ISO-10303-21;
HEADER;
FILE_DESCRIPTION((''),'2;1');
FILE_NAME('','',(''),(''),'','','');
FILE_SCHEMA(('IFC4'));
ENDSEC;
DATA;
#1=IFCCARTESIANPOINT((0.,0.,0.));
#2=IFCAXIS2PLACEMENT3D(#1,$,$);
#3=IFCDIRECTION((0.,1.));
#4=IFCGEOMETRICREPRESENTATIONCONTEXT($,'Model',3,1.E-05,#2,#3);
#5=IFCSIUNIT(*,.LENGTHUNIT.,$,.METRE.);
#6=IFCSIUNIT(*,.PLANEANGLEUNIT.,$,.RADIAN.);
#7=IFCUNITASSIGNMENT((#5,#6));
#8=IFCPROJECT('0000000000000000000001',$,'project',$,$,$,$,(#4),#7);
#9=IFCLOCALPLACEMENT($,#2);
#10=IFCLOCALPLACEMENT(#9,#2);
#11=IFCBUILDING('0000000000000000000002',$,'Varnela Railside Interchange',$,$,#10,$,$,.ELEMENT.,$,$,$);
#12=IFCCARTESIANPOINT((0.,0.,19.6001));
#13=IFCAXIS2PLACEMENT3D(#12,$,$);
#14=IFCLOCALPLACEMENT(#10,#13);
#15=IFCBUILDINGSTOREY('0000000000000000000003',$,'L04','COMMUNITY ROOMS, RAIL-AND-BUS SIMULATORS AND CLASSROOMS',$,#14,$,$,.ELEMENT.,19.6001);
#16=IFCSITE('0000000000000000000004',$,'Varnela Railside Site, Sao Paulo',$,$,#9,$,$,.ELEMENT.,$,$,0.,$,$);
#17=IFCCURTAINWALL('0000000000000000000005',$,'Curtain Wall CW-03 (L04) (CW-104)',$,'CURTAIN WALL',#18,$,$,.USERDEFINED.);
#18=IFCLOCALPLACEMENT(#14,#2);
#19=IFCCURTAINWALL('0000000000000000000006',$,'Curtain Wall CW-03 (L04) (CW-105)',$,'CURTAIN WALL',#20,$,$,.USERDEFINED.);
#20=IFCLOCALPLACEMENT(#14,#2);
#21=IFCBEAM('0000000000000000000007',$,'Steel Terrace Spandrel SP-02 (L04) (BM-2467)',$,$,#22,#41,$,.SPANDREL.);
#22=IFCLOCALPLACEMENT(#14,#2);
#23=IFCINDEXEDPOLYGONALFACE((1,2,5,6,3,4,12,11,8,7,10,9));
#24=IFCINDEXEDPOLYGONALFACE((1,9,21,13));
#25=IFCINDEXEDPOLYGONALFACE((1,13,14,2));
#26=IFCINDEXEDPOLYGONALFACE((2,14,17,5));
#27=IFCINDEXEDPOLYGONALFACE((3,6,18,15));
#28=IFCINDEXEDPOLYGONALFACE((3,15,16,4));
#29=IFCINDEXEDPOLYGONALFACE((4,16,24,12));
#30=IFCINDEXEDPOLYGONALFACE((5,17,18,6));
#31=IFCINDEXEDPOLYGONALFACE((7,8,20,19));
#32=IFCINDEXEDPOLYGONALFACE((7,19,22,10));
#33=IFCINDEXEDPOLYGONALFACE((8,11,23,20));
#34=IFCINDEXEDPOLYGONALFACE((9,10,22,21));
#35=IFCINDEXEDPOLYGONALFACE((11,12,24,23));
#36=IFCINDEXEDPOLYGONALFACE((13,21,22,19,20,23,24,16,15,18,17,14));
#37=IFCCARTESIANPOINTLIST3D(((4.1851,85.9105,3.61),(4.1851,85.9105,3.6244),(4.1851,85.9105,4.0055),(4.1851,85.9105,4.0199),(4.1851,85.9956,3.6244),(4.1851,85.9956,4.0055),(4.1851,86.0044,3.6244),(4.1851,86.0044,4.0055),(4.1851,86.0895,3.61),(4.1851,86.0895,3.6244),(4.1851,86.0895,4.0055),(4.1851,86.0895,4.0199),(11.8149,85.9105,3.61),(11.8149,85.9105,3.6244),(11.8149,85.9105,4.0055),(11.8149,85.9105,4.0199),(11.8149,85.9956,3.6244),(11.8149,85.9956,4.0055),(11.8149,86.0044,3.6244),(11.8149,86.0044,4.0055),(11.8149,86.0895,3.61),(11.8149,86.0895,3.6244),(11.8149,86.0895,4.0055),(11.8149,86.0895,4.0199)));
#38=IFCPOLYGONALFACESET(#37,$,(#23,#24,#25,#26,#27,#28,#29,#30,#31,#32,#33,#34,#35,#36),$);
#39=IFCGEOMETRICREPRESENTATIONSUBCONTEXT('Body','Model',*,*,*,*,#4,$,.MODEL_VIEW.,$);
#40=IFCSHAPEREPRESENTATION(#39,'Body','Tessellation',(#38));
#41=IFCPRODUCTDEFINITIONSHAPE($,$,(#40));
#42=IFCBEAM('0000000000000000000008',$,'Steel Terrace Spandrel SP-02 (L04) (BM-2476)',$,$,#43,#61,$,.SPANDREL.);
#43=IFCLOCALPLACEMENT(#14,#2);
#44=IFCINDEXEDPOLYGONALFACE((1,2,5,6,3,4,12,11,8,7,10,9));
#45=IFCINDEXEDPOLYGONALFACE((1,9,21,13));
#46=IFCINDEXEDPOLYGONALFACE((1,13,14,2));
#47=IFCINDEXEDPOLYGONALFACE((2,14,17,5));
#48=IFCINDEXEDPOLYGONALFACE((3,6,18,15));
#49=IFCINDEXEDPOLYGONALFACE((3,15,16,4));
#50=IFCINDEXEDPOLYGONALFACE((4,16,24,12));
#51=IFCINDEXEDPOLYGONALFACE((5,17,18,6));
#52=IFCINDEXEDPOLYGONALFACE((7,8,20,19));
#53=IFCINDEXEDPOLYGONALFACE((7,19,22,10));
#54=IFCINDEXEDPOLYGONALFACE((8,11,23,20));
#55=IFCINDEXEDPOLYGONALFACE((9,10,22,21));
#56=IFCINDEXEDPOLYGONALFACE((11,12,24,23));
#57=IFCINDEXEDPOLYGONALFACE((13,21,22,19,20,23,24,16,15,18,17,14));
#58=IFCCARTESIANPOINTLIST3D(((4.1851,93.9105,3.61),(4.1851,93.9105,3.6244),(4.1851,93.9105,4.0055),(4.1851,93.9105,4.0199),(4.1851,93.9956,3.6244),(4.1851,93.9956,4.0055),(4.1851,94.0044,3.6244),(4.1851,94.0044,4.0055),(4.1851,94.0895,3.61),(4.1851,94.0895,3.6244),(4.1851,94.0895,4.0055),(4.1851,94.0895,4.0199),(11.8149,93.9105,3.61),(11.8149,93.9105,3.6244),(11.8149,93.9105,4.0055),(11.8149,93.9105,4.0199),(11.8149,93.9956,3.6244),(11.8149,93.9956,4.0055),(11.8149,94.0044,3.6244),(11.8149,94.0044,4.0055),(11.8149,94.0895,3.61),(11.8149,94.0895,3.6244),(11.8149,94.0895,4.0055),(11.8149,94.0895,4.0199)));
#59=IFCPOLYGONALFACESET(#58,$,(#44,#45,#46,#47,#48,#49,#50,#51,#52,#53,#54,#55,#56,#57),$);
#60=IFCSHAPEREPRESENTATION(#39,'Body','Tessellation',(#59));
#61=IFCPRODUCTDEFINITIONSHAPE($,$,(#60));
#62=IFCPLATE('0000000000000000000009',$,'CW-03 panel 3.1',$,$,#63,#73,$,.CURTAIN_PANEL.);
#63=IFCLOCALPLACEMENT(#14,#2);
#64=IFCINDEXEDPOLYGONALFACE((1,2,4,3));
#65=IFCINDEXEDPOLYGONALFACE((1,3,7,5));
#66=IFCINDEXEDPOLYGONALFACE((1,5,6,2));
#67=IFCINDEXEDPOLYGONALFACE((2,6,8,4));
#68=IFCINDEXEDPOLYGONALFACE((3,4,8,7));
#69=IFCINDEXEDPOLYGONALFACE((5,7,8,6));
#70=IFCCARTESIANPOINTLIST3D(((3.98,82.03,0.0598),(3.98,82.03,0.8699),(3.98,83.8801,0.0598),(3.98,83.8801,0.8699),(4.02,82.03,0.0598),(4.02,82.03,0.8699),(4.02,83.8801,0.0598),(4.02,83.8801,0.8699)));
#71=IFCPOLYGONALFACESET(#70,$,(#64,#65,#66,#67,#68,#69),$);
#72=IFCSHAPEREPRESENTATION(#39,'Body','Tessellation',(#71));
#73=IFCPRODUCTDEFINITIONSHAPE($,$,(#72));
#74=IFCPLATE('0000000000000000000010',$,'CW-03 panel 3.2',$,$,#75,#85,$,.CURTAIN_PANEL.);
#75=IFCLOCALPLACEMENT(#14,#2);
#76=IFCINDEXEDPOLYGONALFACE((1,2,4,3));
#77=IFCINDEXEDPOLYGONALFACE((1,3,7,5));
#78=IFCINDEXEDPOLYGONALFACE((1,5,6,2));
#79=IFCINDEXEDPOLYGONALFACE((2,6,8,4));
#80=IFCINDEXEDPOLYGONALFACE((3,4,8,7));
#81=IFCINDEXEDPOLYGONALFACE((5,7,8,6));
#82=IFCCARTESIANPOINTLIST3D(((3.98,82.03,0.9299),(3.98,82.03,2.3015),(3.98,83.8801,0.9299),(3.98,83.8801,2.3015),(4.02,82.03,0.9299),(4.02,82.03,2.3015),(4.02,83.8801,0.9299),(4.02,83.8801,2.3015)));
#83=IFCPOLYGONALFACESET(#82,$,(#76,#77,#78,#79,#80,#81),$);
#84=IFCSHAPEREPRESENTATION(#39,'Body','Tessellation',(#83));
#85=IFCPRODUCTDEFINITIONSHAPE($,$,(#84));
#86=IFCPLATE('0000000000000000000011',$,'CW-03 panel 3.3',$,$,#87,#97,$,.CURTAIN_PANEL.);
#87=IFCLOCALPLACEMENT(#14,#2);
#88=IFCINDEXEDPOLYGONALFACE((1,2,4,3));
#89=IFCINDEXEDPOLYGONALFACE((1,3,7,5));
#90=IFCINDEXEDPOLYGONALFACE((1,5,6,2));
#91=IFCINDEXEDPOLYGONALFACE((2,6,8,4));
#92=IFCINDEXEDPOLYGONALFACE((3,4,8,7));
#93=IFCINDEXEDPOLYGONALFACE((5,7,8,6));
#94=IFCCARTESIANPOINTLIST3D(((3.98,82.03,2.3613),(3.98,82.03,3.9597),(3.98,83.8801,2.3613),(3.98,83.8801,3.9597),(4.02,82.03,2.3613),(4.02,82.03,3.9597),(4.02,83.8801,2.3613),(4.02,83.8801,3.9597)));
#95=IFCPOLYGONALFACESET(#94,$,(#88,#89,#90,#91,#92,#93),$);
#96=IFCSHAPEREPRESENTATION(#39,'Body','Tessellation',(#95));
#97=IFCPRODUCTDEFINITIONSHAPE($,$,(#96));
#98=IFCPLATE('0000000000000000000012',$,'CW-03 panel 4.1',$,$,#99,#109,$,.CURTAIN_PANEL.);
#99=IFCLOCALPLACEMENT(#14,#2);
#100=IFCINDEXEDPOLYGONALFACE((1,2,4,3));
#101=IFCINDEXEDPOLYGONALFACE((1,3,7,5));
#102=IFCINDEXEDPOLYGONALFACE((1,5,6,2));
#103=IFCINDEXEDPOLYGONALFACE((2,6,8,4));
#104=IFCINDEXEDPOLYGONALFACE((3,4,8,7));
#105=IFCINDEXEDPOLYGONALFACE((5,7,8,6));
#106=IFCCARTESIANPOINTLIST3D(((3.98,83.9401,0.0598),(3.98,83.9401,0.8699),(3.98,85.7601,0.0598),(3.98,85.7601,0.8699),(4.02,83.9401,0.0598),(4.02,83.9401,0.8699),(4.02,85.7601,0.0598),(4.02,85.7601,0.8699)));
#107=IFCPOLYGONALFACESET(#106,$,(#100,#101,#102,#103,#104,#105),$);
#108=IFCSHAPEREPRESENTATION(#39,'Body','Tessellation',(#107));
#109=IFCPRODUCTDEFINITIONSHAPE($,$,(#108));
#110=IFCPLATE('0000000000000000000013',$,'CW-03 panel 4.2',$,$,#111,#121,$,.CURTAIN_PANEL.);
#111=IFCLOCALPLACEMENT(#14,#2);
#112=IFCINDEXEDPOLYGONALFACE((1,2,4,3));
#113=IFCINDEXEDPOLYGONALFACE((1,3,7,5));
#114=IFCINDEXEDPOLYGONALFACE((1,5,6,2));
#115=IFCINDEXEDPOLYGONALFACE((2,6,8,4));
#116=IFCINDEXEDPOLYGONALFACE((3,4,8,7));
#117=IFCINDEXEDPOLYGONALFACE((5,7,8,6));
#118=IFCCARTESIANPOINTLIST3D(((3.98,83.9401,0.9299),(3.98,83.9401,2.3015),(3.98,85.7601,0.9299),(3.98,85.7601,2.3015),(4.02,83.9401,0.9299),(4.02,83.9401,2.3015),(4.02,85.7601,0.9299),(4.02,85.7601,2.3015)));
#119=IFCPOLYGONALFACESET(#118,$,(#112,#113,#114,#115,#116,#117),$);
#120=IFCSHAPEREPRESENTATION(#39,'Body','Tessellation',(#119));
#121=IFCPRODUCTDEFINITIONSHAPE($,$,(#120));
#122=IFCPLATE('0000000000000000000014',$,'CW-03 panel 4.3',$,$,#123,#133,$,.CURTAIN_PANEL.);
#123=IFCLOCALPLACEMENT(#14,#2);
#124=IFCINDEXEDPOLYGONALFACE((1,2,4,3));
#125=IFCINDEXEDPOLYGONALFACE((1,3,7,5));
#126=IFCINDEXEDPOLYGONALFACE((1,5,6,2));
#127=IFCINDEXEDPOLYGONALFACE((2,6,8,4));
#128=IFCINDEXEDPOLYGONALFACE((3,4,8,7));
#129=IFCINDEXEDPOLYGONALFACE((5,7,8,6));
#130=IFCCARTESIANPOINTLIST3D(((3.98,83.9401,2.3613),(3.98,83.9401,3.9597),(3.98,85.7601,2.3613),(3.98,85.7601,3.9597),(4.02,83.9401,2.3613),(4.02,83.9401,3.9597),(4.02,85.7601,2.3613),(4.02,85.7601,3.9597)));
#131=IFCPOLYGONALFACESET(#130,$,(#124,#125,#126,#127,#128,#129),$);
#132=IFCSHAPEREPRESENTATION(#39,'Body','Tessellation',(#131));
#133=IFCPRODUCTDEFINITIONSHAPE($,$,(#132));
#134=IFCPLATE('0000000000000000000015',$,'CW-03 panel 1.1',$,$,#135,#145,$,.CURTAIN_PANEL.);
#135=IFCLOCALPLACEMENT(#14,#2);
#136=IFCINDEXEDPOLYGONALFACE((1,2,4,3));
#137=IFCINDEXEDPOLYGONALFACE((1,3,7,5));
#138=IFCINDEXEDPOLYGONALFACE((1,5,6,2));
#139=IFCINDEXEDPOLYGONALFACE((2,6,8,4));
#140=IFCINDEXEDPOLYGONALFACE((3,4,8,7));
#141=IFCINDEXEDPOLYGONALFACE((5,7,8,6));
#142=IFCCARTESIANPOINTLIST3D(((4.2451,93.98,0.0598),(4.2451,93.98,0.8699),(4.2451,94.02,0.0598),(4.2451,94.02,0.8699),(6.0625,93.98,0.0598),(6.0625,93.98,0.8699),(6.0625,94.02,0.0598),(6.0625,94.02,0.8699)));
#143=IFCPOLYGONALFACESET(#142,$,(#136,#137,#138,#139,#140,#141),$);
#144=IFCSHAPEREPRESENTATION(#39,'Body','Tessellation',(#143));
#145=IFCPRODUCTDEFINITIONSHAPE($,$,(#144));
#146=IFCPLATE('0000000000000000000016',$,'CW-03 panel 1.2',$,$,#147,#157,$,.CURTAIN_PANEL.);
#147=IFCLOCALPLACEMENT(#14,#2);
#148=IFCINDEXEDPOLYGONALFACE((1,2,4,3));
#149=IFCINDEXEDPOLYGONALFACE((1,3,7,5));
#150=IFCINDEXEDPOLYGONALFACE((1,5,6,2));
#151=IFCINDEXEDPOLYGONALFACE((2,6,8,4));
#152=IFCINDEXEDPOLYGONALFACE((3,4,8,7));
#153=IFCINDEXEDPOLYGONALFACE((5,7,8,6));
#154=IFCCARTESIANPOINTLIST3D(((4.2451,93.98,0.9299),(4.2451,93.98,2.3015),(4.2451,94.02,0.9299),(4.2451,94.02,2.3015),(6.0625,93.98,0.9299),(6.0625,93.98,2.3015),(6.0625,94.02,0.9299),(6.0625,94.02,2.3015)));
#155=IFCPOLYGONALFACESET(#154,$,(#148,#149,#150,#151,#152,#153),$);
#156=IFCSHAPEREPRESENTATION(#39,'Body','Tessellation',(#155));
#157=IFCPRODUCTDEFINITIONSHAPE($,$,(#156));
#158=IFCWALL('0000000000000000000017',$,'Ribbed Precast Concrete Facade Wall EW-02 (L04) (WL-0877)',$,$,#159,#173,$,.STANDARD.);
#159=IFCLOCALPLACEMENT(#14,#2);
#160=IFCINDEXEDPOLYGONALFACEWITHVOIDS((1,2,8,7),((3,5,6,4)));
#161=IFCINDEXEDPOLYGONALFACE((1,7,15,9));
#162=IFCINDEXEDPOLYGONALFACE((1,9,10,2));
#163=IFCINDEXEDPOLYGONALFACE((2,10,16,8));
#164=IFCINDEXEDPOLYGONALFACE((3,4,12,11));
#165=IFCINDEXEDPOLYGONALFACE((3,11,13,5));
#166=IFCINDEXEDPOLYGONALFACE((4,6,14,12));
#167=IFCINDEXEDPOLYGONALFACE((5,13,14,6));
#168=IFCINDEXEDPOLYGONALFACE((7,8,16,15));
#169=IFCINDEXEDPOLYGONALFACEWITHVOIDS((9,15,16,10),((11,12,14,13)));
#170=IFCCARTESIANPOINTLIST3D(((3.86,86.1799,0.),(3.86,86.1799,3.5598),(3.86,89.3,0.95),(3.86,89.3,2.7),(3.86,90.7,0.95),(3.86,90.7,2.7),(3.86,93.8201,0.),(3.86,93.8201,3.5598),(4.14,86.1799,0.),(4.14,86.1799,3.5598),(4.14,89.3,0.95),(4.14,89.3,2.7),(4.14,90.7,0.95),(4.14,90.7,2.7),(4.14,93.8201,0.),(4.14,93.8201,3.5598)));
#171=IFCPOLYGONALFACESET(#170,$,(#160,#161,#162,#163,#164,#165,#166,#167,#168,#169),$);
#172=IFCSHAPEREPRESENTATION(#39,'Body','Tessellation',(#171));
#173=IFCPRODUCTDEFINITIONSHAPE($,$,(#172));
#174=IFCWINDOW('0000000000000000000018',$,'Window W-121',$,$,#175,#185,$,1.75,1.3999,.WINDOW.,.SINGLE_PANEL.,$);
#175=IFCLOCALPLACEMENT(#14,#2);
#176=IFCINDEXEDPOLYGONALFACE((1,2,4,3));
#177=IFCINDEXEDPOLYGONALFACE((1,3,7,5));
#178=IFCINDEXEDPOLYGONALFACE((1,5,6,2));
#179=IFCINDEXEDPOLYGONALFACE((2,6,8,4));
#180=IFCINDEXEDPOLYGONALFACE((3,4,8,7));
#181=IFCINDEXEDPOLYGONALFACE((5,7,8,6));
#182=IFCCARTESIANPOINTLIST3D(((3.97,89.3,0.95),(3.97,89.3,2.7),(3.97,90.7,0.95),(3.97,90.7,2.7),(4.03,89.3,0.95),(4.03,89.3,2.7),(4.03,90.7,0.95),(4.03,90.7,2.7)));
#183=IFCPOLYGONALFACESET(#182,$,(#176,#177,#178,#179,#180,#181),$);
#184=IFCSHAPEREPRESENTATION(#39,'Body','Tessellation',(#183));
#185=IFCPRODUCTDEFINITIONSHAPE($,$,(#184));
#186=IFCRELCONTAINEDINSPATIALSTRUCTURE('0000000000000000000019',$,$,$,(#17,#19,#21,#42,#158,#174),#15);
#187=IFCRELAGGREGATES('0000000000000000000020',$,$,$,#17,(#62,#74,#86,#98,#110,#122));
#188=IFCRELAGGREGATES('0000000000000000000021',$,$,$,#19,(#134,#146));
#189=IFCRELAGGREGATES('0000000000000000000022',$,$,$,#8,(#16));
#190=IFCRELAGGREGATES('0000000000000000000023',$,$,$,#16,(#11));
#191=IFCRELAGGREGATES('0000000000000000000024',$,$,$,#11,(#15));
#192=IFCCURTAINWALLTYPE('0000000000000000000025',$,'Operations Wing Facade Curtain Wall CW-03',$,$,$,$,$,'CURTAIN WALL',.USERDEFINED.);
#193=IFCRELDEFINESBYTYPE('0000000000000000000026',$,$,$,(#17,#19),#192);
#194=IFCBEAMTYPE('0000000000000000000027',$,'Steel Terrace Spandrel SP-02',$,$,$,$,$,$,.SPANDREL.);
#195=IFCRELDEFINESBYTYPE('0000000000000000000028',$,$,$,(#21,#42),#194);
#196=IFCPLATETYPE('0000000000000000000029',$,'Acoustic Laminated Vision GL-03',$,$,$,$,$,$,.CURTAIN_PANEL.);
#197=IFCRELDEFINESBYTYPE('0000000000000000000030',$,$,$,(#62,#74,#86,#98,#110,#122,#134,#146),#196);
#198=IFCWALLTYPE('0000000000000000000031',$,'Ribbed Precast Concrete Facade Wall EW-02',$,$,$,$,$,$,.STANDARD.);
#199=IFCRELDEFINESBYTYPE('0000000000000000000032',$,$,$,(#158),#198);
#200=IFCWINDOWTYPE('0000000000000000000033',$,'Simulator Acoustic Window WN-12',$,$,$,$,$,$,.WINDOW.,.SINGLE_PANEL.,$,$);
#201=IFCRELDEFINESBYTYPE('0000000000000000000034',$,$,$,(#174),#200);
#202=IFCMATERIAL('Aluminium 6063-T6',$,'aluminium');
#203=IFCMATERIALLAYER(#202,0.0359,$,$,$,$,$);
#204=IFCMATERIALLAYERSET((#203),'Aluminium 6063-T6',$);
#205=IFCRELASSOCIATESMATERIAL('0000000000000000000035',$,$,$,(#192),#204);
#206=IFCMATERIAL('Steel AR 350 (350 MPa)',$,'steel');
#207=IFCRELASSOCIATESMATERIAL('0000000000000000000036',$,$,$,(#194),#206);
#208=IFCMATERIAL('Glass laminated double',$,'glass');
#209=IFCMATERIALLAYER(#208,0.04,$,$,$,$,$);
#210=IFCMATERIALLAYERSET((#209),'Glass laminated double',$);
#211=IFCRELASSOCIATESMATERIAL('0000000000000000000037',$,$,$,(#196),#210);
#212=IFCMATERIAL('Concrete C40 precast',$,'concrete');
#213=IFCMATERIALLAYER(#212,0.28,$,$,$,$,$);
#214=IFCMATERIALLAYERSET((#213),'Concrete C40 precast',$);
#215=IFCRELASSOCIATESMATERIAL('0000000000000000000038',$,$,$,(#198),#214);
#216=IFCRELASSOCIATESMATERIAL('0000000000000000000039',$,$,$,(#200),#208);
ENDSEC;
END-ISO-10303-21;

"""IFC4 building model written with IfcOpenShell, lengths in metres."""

from ifc_helpers import new_model, si_unit, direction, frame, frame_2d, origin, origin_2d, place, context, subcontext, project, spatial, rectangle, i_section, extrude, material, layer, layer_set, material_profile, profile_set, type_object, element, fill, aggregate, save


model = new_model("IFC4")

# Units and contexts
model_context = context("Model", 3, precision=1e-05, world=origin(), true_north=direction((0.0, 1.0)))
body_context = subcontext(model_context, "Body", "Model", "MODEL_VIEW")
ifc_project = project(units=[si_unit("LENGTHUNIT", "METRE"), si_unit("PLANEANGLEUNIT", "RADIAN")], contexts=[model_context])

# Site, building, storey
site_placement = place(None, origin())
site = spatial("IfcSite", under=ifc_project, at=site_placement, Name="Varnela Railside Site, Sao Paulo", CompositionType="ELEMENT", RefElevation=0.0)
building_placement = place(site_placement, origin())
building = spatial("IfcBuilding", under=site, at=building_placement, Name="Varnela Railside Interchange", CompositionType="ELEMENT")
storey_placement = place(building_placement, frame((0.0, 0.0, 19.6001)))
storey = spatial("IfcBuildingStorey", under=building, at=storey_placement, Name="L04", Description="COMMUNITY ROOMS, RAIL-AND-BUS SIMULATORS AND CLASSROOMS", CompositionType="ELEMENT", Elevation=19.6001)

# Shared definitions
ifc_material_1 = material(Name="Steel AR 350 (350 MPa)", Category="steel")

# Curtain wall
ifc_material_2 = material(Name="Aluminium 6063-T6", Category="aluminium")
ifc_layer_1 = layer(ifc_material_2, 0.0359)
ifc_layer_set_1 = layer_set([ifc_layer_1], Name="Aluminium 6063-T6")
curtain_wall_type = type_object("IfcCurtainWallType", Name="Operations Wing Facade Curtain Wall CW-03", ElementType="CURTAIN WALL", PredefinedType="USERDEFINED", material=ifc_layer_set_1)
curtain_wall_1_placement = place(storey_placement, origin())
curtain_wall_1 = element("IfcCurtainWall", 1, at=curtain_wall_1_placement, inside=storey, type_object=curtain_wall_type, Name="Curtain Wall CW-03 (L04) (CW-104)", ObjectType="CURTAIN WALL", PredefinedType="USERDEFINED")

# Curtain wall
curtain_wall_2_placement = place(storey_placement, origin())
curtain_wall_2 = element("IfcCurtainWall", 2, at=curtain_wall_2_placement, inside=storey, type_object=curtain_wall_type, Name="Curtain Wall CW-03 (L04) (CW-105)", ObjectType="CURTAIN WALL", PredefinedType="USERDEFINED")

# Beams
ifc_material_profile_1 = material_profile(ifc_material_1, i_section(OverallWidth=0.179, OverallDepth=0.4099, WebThickness=0.0088, FlangeThickness=0.0144, at=origin_2d()), Name="W410x67")
ifc_profile_set_1 = profile_set([ifc_material_profile_1], Name="Steel AR 350 (350 MPa)")
beam_type_1 = type_object("IfcBeamType", Name="Steel Terrace Spandrel SP-02", PredefinedType="SPANDREL", material=ifc_profile_set_1)
for number, where, z_axis, x_axis, name in (
    (3, (4.1851, 86.0, 3.8149), (1.0, 0.0, 0.0), (0.0, 1.0, 0.0), "Steel Terrace Spandrel SP-02 (L04) (BM-2467)"),
    (4, (4.1851, 94.0, 3.8149), (1.0, 0.0, 0.0), (0.0, 1.0, 0.0), "Steel Terrace Spandrel SP-02 (L04) (BM-2476)"),
):
    element("IfcBeam", number, at=place(storey_placement, frame(where, z_axis=z_axis, x_axis=x_axis)), inside=storey, type_object=beam_type_1, Name=name, PredefinedType="SPANDREL", context=body_context, shape_type="SweptSolid", body=[
        extrude(i_section(OverallWidth=0.179, OverallDepth=0.4099, WebThickness=0.0088, FlangeThickness=0.0144, at=origin_2d()), origin(), (0.0, 0.0, 1.0), 7.6299),
    ])

# Plates
ifc_material_3 = material(Name="Glass laminated double", Category="glass")
ifc_layer_2 = layer(ifc_material_3, 0.04)
ifc_layer_set_2 = layer_set([ifc_layer_2], Name="Glass laminated double")
plate_type = type_object("IfcPlateType", Name="Acoustic Laminated Vision GL-03", PredefinedType="CURTAIN_PANEL", material=ifc_layer_set_2)
plate_1_placement = place(storey_placement, frame((4.0, 82.9551, 0.0598), z_axis=(0.0, 0.0, 1.0), x_axis=(0.0, 1.0, 0.0)))
plate_1 = element("IfcPlate", 5, at=plate_1_placement, type_object=plate_type, Name="CW-03 panel 3.1", PredefinedType="CURTAIN_PANEL", context=body_context, shape_type="SweptSolid", body=[
    extrude(rectangle(XDim=1.8501, YDim=0.04, at=origin_2d()), origin(), (0.0, 0.0, 1.0), 0.8101),
])
plate_2_placement = place(storey_placement, frame((4.0, 82.9551, 0.9299), z_axis=(0.0, 0.0, 1.0), x_axis=(0.0, 1.0, 0.0)))
plate_2 = element("IfcPlate", 6, at=plate_2_placement, type_object=plate_type, Name="CW-03 panel 3.2", PredefinedType="CURTAIN_PANEL", context=body_context, shape_type="SweptSolid", body=[
    extrude(rectangle(XDim=1.8501, YDim=0.04, at=origin_2d()), origin(), (0.0, 0.0, 1.0), 1.3716),
])
plate_3_placement = place(storey_placement, frame((4.0, 82.9551, 2.3613), z_axis=(0.0, 0.0, 1.0), x_axis=(0.0, 1.0, 0.0)))
plate_3 = element("IfcPlate", 7, at=plate_3_placement, type_object=plate_type, Name="CW-03 panel 3.3", PredefinedType="CURTAIN_PANEL", context=body_context, shape_type="SweptSolid", body=[
    extrude(rectangle(XDim=1.8501, YDim=0.04, at=origin_2d()), origin(), (0.0, 0.0, 1.0), 1.5984),
])
plate_4_placement = place(storey_placement, frame((4.0, 84.8501, 0.0598), z_axis=(0.0, 0.0, 1.0), x_axis=(0.0, 1.0, 0.0)))
plate_4 = element("IfcPlate", 8, at=plate_4_placement, type_object=plate_type, Name="CW-03 panel 4.1", PredefinedType="CURTAIN_PANEL", context=body_context, shape_type="SweptSolid", body=[
    extrude(rectangle(XDim=1.8201, YDim=0.04, at=origin_2d()), origin(), (0.0, 0.0, 1.0), 0.8101),
])
plate_5_placement = place(storey_placement, frame((4.0, 84.8501, 0.9299), z_axis=(0.0, 0.0, 1.0), x_axis=(0.0, 1.0, 0.0)))
plate_5 = element("IfcPlate", 9, at=plate_5_placement, type_object=plate_type, Name="CW-03 panel 4.2", PredefinedType="CURTAIN_PANEL", context=body_context, shape_type="SweptSolid", body=[
    extrude(rectangle(XDim=1.8201, YDim=0.04, at=origin_2d()), origin(), (0.0, 0.0, 1.0), 1.3716),
])
plate_6_placement = place(storey_placement, frame((4.0, 84.8501, 2.3613), z_axis=(0.0, 0.0, 1.0), x_axis=(0.0, 1.0, 0.0)))
plate_6 = element("IfcPlate", 10, at=plate_6_placement, type_object=plate_type, Name="CW-03 panel 4.3", PredefinedType="CURTAIN_PANEL", context=body_context, shape_type="SweptSolid", body=[
    extrude(rectangle(XDim=1.8201, YDim=0.04, at=origin_2d()), origin(), (0.0, 0.0, 1.0), 1.5984),
])
aggregate(curtain_wall_1, [plate_1, plate_2, plate_3, plate_4, plate_5, plate_6])
plate_7_placement = place(storey_placement, frame((5.1538, 94.0, 0.0598), z_axis=(0.0, 0.0, 1.0), x_axis=(1.0, 0.0, 0.0)))
plate_7 = element("IfcPlate", 11, at=plate_7_placement, type_object=plate_type, Name="CW-03 panel 1.1", PredefinedType="CURTAIN_PANEL", context=body_context, shape_type="SweptSolid", body=[
    extrude(rectangle(XDim=1.8174, YDim=0.04, at=origin_2d()), origin(), (0.0, 0.0, 1.0), 0.8101),
])
plate_8_placement = place(storey_placement, frame((5.1538, 94.0, 0.9299), z_axis=(0.0, 0.0, 1.0), x_axis=(1.0, 0.0, 0.0)))
plate_8 = element("IfcPlate", 12, at=plate_8_placement, type_object=plate_type, Name="CW-03 panel 1.2", PredefinedType="CURTAIN_PANEL", context=body_context, shape_type="SweptSolid", body=[
    extrude(rectangle(XDim=1.8174, YDim=0.04, at=origin_2d()), origin(), (0.0, 0.0, 1.0), 1.3716),
])
aggregate(curtain_wall_2, [plate_7, plate_8])

# Wall, opening, window
ifc_material_4 = material(Name="Concrete C40 precast", Category="concrete")
ifc_layer_3 = layer(ifc_material_4, 0.28)
ifc_layer_set_3 = layer_set([ifc_layer_3], Name="Concrete C40 precast")
wall_type = type_object("IfcWallType", Name="Ribbed Precast Concrete Facade Wall EW-02", PredefinedType="STANDARD", material=ifc_layer_set_3)
wall_placement = place(storey_placement, frame((4.0, 86.1799, 0.0), z_axis=(0.0, 0.0, 1.0), x_axis=(0.0, 1.0, 0.0)))
wall = element("IfcWall", 13, at=wall_placement, inside=storey, type_object=wall_type, Name="Ribbed Precast Concrete Facade Wall EW-02 (L04) (WL-0877)", PredefinedType="STANDARD", context=body_context, shape_type="SweptSolid", body=[
    extrude(rectangle(XDim=7.6401, YDim=0.28, at=frame_2d((3.8201, 0.0))), origin(), (0.0, 0.0, 1.0), 3.5598),
])
opening_placement = place(wall_placement, frame((3.1201, 0.0, 0.95)))
opening = element("IfcOpeningElement", 14, at=opening_placement, cuts=wall, PredefinedType="OPENING", context=body_context, shape_type="SweptSolid", body=[
    extrude(rectangle(XDim=1.3999, YDim=1.75, at=frame_2d((0.7, 0.875))), frame((0.0, 0.1499, 0.0), z_axis=(0.0, -1.0, 0.0), x_axis=(1.0, 0.0, 0.0)), (0.0, 0.0, 1.0), 0.3),
])
window_type = type_object("IfcWindowType", Name="Simulator Acoustic Window WN-12", PartitioningType="SINGLE_PANEL", PredefinedType="WINDOW", material=ifc_material_3)
window_placement = place(opening_placement, origin())
window = element("IfcWindow", 15, at=window_placement, inside=storey, type_object=window_type, Name="Window W-121", OverallHeight=1.75, OverallWidth=1.3999, PartitioningType="SINGLE_PANEL", PredefinedType="WINDOW", context=body_context, shape_type="SweptSolid", body=[
    extrude(rectangle(XDim=1.3999, YDim=1.75, at=frame_2d((0.7, 0.875))), frame((0.0, 0.03, 0.0), z_axis=(0.0, -1.0, 0.0), x_axis=(1.0, 0.0, 0.0)), (0.0, 0.0, 1.0), 0.0601),
])
fill(opening, window)

save(model, "model.ifc")
